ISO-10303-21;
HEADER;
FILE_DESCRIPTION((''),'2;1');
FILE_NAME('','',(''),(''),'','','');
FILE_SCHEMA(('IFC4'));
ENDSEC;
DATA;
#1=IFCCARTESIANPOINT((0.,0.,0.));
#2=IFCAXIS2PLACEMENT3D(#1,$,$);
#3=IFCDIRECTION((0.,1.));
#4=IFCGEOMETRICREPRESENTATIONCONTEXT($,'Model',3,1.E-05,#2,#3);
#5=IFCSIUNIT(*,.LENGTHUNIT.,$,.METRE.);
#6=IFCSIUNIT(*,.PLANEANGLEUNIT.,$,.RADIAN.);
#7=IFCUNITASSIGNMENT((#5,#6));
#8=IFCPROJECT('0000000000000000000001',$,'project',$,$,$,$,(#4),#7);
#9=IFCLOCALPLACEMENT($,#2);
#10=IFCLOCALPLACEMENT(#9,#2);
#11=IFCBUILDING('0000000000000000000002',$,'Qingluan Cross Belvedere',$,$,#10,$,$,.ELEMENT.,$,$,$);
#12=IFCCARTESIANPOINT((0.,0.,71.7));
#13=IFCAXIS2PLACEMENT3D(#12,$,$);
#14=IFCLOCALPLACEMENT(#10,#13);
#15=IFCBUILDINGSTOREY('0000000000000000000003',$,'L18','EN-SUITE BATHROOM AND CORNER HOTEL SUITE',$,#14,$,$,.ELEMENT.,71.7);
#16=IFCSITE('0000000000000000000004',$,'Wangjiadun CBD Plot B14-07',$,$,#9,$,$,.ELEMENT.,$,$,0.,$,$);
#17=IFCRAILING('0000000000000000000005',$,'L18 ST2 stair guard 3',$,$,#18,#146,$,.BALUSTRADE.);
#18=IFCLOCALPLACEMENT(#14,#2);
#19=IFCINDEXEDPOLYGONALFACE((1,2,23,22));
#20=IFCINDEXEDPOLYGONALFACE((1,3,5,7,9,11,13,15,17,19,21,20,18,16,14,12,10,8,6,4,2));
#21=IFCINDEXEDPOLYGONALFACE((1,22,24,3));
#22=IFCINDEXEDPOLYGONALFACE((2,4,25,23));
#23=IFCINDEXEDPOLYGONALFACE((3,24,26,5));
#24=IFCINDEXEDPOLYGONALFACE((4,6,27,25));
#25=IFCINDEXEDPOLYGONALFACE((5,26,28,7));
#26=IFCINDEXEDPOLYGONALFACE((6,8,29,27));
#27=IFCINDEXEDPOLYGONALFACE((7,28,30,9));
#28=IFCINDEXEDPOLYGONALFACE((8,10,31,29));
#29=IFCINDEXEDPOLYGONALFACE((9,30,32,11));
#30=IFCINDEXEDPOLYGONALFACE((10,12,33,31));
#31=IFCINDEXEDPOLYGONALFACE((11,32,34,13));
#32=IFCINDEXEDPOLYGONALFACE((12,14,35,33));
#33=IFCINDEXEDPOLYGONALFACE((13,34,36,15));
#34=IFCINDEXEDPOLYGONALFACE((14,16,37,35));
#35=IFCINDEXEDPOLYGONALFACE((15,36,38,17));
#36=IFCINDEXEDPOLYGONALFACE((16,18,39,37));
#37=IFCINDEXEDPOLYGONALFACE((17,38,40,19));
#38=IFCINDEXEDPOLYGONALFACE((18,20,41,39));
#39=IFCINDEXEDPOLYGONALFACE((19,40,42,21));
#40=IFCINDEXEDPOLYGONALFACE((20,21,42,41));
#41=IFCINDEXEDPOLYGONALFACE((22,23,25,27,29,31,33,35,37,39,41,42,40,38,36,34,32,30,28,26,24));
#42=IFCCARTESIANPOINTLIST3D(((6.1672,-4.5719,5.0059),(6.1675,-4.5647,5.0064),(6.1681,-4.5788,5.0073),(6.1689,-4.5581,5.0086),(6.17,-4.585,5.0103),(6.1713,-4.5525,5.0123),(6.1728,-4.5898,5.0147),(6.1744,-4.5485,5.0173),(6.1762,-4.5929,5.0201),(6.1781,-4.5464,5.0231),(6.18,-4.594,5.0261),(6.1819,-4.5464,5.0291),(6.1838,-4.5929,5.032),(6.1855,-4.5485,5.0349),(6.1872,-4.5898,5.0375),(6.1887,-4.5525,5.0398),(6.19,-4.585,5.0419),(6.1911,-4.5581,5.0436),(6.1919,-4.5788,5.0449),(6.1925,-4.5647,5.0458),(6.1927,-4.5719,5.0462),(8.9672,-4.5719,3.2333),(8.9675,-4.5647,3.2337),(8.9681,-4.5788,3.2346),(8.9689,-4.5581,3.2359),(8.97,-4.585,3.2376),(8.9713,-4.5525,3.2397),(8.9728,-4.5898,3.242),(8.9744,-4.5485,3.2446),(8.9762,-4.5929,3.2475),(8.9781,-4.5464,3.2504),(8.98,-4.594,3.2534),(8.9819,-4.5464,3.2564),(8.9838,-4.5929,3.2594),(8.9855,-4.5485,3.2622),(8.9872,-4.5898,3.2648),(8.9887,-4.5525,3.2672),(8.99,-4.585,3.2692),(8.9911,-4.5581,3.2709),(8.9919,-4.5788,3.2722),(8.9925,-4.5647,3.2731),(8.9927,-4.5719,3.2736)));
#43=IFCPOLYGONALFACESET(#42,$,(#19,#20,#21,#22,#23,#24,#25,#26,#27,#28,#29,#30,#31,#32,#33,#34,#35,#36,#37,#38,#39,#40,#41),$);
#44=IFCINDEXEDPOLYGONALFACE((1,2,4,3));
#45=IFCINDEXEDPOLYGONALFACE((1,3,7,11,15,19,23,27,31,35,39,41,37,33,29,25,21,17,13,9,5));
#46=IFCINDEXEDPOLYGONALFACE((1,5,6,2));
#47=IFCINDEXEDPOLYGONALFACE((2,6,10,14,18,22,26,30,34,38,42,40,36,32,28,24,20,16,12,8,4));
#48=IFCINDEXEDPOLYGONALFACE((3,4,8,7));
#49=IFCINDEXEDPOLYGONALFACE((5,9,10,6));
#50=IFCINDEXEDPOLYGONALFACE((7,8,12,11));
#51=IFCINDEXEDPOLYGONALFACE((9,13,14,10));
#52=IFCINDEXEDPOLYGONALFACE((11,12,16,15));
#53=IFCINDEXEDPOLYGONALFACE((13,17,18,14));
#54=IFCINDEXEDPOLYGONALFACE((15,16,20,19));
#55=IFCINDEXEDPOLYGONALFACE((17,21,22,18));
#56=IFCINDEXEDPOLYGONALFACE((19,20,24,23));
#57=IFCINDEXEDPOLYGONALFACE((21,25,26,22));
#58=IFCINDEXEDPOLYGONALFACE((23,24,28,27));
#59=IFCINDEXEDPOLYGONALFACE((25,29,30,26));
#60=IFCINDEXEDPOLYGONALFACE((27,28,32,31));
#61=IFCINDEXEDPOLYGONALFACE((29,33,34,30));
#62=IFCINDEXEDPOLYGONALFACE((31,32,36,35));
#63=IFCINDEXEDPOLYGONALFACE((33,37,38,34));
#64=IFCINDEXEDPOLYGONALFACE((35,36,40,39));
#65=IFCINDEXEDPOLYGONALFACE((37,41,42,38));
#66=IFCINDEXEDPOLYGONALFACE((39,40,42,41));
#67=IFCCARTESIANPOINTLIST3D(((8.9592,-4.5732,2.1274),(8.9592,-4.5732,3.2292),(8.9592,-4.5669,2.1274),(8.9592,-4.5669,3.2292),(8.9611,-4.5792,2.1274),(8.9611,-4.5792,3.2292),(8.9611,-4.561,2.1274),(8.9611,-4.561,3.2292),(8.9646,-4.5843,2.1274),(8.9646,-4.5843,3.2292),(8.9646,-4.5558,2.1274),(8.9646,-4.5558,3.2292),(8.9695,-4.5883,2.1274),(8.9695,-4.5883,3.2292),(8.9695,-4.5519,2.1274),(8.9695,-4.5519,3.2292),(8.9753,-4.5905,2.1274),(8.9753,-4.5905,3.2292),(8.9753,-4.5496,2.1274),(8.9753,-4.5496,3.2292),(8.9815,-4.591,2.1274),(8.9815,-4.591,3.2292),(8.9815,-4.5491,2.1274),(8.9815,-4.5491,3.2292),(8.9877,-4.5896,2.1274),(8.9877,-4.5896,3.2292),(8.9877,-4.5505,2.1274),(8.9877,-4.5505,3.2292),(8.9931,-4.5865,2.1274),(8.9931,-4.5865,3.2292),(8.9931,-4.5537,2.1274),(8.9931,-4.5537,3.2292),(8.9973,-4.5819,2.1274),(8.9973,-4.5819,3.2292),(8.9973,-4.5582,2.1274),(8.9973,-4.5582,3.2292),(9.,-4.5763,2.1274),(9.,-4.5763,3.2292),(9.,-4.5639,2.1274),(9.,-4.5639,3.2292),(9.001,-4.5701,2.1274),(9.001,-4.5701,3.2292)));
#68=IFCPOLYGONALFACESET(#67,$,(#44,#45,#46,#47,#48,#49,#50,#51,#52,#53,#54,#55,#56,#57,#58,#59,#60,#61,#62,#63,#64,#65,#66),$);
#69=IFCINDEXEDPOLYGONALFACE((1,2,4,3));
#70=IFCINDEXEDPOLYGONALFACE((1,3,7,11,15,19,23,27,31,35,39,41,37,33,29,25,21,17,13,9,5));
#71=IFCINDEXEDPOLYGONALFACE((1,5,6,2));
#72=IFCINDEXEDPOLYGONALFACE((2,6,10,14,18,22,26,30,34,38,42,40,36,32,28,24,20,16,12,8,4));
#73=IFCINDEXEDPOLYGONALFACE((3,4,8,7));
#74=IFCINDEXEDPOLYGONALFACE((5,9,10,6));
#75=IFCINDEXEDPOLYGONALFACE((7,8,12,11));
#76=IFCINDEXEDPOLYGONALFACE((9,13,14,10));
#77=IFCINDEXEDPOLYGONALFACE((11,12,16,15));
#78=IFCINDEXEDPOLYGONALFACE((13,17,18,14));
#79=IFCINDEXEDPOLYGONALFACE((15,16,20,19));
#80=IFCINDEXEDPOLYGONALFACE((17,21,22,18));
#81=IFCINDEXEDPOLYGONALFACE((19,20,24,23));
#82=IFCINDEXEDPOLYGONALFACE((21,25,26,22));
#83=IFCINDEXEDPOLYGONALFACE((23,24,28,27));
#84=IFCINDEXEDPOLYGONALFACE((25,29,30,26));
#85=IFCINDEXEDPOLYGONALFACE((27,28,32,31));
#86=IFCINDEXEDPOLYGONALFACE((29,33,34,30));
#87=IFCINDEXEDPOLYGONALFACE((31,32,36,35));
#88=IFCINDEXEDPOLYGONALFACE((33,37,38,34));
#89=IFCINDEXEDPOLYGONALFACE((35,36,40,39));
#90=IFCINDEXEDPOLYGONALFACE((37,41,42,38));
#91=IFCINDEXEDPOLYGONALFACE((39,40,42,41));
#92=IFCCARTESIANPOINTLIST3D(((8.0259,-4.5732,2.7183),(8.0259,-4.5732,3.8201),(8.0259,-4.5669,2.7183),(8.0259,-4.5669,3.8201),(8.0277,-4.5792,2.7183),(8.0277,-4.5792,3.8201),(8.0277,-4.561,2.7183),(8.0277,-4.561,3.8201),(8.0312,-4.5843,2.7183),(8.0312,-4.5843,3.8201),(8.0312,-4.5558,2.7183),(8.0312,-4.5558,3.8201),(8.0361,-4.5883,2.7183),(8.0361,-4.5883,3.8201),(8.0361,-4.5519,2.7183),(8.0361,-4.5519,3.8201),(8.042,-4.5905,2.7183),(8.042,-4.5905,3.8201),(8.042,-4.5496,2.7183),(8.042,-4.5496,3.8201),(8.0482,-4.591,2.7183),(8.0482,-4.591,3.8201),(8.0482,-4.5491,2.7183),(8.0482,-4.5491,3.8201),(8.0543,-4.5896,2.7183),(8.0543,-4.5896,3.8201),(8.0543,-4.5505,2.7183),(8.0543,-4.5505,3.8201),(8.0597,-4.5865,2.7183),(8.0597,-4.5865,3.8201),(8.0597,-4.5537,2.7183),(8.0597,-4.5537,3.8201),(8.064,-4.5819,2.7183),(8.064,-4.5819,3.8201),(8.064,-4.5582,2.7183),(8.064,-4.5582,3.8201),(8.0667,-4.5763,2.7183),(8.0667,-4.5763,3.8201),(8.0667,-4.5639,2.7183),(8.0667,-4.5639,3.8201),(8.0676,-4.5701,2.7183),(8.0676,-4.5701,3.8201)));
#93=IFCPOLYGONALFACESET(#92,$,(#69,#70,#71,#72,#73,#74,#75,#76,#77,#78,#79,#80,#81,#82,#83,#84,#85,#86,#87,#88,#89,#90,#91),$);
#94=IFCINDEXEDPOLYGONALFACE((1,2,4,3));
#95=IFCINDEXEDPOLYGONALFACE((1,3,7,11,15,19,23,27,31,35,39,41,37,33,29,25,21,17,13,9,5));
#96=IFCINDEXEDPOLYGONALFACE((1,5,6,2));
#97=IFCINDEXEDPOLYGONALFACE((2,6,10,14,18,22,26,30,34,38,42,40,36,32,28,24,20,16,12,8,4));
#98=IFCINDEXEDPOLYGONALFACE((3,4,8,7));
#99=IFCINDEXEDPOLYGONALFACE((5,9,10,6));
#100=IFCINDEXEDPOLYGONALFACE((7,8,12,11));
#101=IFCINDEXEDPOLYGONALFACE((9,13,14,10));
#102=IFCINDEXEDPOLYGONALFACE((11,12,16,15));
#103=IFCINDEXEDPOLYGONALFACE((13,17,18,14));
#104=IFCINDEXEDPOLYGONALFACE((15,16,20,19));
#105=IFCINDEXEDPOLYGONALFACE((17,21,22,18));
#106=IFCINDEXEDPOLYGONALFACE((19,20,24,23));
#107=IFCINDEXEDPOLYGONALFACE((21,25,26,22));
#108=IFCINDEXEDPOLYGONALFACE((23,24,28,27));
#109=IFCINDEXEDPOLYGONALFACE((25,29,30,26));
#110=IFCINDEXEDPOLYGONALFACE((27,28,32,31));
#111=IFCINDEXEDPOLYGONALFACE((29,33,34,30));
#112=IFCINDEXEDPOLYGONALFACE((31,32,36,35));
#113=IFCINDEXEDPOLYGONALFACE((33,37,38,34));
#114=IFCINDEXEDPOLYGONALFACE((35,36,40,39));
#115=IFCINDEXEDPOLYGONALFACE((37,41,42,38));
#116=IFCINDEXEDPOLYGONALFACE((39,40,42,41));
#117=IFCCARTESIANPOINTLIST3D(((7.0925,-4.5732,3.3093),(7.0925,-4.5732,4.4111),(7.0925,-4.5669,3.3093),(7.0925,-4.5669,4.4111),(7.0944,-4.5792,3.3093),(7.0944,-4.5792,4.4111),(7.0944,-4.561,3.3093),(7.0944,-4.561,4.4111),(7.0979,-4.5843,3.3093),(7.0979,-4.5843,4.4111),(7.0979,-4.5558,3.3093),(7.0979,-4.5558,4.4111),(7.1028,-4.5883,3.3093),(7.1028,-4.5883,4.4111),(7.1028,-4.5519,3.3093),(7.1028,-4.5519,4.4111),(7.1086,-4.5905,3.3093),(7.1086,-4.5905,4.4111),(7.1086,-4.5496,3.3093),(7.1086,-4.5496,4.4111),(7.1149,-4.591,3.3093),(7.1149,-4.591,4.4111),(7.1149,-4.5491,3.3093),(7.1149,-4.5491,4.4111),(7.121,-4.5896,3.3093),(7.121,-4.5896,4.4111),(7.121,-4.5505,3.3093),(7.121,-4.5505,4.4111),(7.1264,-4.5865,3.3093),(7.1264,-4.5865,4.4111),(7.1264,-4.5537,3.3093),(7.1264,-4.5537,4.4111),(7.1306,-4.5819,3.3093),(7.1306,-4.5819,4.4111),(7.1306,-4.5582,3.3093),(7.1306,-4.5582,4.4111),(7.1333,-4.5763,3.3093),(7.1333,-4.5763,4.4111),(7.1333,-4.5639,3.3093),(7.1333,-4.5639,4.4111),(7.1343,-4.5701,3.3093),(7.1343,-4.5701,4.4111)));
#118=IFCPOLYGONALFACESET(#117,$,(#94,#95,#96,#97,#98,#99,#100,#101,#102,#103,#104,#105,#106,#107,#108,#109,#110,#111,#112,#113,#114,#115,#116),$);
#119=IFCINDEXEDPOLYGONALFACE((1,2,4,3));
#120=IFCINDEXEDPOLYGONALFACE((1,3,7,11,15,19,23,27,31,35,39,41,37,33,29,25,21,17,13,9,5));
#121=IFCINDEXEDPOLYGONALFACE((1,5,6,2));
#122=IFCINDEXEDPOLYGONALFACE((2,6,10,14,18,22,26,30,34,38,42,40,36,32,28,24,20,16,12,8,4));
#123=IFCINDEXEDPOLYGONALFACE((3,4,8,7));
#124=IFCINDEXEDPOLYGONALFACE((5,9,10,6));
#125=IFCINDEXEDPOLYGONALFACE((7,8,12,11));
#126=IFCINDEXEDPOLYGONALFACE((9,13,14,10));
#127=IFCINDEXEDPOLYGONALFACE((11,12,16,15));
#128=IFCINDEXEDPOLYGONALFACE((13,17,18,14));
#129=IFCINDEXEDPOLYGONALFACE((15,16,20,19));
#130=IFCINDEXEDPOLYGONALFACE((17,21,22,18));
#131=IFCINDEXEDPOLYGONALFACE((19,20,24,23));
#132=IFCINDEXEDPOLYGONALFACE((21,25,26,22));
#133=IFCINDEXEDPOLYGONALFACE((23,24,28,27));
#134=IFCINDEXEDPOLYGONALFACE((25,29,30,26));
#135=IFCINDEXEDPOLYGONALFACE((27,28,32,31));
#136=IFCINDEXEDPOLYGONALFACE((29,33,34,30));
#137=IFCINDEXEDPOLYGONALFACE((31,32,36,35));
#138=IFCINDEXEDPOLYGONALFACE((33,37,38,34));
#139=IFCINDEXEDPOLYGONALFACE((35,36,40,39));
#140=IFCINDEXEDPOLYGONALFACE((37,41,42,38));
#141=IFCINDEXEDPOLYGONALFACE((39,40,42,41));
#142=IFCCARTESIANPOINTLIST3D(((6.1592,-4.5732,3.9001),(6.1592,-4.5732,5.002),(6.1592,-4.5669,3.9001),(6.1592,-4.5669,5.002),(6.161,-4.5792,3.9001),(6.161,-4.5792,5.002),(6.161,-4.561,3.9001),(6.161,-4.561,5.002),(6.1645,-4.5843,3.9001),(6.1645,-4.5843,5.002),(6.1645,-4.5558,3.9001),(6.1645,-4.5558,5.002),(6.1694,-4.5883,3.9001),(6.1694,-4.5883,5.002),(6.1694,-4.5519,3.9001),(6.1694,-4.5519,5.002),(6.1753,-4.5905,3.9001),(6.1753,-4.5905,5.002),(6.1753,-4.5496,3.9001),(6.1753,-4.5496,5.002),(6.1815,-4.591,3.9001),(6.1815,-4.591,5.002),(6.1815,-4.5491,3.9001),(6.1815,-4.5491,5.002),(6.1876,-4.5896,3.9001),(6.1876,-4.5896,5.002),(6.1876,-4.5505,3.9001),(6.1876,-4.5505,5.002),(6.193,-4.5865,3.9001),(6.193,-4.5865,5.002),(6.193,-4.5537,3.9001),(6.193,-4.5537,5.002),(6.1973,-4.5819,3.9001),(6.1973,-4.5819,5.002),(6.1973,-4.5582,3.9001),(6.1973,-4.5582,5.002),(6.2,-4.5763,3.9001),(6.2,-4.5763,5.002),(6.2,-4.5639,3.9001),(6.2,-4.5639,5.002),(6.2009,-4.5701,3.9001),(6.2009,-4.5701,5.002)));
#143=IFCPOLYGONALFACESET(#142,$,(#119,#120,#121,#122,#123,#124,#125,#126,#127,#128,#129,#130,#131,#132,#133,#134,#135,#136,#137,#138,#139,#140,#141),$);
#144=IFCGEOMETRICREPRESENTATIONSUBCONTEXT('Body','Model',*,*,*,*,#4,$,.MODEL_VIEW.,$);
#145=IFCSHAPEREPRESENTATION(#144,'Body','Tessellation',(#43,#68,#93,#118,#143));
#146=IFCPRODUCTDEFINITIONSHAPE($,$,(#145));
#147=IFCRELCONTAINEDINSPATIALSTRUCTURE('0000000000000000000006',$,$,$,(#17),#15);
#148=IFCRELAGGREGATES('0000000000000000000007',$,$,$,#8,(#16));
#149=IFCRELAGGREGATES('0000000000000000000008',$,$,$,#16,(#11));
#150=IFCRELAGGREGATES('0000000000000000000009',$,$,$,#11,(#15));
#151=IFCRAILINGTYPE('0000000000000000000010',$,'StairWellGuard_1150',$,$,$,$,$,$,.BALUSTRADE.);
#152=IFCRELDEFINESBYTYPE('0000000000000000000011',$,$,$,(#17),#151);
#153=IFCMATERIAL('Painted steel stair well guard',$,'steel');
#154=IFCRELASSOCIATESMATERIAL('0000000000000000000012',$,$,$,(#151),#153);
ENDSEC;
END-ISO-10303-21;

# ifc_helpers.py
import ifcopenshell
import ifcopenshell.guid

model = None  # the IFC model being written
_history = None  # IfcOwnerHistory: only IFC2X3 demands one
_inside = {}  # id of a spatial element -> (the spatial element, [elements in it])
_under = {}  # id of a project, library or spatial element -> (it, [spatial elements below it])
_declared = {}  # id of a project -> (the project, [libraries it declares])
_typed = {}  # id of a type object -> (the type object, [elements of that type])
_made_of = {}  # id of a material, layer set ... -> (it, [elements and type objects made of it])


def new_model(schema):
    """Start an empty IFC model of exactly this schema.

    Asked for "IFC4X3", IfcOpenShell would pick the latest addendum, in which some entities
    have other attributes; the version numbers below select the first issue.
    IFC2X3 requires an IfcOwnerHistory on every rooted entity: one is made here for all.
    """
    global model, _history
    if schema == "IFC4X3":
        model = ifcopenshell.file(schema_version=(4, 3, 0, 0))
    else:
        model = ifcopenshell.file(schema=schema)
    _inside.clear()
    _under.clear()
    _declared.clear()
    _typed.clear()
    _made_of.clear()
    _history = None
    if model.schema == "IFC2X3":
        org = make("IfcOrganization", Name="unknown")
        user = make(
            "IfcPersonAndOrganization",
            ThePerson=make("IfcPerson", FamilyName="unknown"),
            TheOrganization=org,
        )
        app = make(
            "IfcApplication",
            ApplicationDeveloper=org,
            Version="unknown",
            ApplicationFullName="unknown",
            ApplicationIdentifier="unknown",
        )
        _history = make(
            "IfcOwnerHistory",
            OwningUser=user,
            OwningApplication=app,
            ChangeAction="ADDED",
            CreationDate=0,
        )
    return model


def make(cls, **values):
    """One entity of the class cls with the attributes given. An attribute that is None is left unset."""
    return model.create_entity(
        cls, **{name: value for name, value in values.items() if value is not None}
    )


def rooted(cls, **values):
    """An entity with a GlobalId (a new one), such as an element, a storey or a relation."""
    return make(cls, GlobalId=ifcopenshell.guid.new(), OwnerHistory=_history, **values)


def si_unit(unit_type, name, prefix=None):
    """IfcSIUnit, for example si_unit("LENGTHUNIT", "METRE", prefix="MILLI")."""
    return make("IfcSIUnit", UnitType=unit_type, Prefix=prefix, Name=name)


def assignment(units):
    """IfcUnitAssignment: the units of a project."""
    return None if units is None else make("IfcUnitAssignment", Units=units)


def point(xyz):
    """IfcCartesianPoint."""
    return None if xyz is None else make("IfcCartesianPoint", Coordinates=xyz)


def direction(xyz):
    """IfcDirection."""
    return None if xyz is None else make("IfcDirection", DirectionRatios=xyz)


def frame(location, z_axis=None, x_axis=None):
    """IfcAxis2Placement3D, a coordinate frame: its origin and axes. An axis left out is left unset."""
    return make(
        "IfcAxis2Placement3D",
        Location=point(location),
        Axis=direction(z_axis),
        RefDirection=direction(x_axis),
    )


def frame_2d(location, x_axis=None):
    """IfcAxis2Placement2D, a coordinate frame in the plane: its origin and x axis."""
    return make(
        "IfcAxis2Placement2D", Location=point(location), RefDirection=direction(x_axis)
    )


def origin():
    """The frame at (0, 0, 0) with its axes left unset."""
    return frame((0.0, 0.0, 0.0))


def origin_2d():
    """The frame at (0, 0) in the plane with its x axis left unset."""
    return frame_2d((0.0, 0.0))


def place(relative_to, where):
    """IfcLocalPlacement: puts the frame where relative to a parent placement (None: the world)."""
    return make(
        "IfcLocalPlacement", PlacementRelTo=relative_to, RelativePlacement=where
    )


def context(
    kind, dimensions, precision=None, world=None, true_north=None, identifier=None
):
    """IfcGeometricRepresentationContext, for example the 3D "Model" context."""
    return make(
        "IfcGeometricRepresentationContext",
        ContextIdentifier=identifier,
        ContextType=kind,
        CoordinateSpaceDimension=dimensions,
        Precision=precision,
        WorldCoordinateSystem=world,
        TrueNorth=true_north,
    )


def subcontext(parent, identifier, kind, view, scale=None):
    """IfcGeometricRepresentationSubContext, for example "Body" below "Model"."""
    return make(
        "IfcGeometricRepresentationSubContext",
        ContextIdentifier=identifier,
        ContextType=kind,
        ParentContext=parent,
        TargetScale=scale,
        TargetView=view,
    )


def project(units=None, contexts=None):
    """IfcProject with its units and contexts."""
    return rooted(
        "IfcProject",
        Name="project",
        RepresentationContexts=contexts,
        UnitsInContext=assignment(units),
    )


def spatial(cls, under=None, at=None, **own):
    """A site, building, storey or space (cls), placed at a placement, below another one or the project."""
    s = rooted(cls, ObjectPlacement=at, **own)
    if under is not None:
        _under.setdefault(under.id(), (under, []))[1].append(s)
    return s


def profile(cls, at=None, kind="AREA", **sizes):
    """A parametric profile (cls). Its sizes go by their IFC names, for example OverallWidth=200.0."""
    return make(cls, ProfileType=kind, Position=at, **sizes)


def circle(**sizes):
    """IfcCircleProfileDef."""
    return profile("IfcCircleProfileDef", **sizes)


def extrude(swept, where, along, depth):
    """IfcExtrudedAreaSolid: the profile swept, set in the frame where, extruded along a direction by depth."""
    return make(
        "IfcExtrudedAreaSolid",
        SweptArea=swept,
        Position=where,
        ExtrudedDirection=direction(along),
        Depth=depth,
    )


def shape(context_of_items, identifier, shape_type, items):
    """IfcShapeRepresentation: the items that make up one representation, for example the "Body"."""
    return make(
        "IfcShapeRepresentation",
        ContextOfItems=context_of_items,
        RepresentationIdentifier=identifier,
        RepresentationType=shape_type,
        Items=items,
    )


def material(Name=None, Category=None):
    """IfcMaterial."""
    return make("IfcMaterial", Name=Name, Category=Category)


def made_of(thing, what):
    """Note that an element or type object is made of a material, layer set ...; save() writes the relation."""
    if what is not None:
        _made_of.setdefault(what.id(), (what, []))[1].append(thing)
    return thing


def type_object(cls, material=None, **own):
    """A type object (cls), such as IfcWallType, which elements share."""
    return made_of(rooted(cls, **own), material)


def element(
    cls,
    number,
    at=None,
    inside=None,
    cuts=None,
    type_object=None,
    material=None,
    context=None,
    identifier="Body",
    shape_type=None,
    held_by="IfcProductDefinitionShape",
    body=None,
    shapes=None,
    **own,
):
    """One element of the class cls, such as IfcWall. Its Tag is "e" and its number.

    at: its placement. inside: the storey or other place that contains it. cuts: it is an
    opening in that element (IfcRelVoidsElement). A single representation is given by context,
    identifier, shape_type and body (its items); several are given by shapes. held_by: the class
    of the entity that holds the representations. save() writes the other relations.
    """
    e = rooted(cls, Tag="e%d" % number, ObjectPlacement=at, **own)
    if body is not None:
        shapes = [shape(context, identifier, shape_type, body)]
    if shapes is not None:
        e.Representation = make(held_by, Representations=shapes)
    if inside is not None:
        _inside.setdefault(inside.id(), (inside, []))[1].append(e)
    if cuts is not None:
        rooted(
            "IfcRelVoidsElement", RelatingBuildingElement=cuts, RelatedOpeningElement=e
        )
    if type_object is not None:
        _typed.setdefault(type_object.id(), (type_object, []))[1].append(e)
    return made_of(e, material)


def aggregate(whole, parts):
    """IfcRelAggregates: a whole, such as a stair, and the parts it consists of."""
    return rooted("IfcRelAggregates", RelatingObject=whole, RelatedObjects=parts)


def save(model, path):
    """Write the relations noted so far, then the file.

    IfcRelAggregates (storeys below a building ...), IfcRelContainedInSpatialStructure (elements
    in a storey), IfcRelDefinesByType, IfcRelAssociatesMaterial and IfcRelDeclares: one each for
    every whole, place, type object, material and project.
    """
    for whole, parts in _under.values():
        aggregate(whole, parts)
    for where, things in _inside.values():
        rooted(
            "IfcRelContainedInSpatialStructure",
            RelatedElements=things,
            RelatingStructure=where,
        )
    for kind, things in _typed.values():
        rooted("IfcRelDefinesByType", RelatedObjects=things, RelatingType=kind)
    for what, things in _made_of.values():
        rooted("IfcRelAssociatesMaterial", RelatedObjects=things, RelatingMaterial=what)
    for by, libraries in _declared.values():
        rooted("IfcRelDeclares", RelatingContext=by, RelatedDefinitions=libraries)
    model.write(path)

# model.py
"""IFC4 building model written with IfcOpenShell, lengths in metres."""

from ifc_helpers import new_model, si_unit, direction, frame, origin, origin_2d, place, context, subcontext, project, spatial, circle, extrude, material, type_object, element, save


model = new_model("IFC4")

# Units and contexts
model_context = context("Model", 3, precision=1e-05, world=origin(), true_north=direction((0.0, 1.0)))
body_context = subcontext(model_context, "Body", "Model", "MODEL_VIEW")
ifc_project = project(units=[si_unit("LENGTHUNIT", "METRE"), si_unit("PLANEANGLEUNIT", "RADIAN")], contexts=[model_context])

# Site, building, storey
site_placement = place(None, origin())
site = spatial("IfcSite", under=ifc_project, at=site_placement, Name="Wangjiadun CBD Plot B14-07", CompositionType="ELEMENT", RefElevation=0.0)
building_placement = place(site_placement, origin())
building = spatial("IfcBuilding", under=site, at=building_placement, Name="Qingluan Cross Belvedere", CompositionType="ELEMENT")
storey_placement = place(building_placement, frame((0.0, 0.0, 71.7)))
storey = spatial("IfcBuildingStorey", under=building, at=storey_placement, Name="L18", Description="EN-SUITE BATHROOM AND CORNER HOTEL SUITE", CompositionType="ELEMENT", Elevation=71.7)

# Railing
ifc_material_1 = material(Name="Painted steel stair well guard", Category="steel")
railing_type_1 = type_object("IfcRailingType", Name="StairWellGuard_1150", PredefinedType="BALUSTRADE", material=ifc_material_1)
railing_1_placement = place(storey_placement, frame((8.98, -4.5701, 2.1274)))
element("IfcRailing", 1, at=railing_1_placement, inside=storey, type_object=railing_type_1, Name="L18 ST2 stair guard 3", PredefinedType="BALUSTRADE", context=body_context, shape_type="SweptSolid", body=[
    extrude(circle(Radius=0.0239, at=origin_2d()), frame((0.0, 0.0, 1.126), z_axis=(-0.844909, 0.0, 0.53491), x_axis=(0.0, -1.0, 0.0)), (0.0, 0.0, 1.0), 3.314),
    extrude(circle(Radius=0.021, at=origin_2d()), origin(), (0.0, 0.0, 1.0), 1.1018),
    extrude(circle(Radius=0.021, at=origin_2d()), frame((-0.9333, 0.0, 0.5908)), (0.0, 0.0, 1.0), 1.1018),
    extrude(circle(Radius=0.021, at=origin_2d()), frame((-1.8667, 0.0, 1.1819)), (0.0, 0.0, 1.0), 1.1018),
    extrude(circle(Radius=0.021, at=origin_2d()), frame((-2.8, 0.0, 1.7727)), (0.0, 0.0, 1.0), 1.1018),
])

save(model, "model.ifc")
